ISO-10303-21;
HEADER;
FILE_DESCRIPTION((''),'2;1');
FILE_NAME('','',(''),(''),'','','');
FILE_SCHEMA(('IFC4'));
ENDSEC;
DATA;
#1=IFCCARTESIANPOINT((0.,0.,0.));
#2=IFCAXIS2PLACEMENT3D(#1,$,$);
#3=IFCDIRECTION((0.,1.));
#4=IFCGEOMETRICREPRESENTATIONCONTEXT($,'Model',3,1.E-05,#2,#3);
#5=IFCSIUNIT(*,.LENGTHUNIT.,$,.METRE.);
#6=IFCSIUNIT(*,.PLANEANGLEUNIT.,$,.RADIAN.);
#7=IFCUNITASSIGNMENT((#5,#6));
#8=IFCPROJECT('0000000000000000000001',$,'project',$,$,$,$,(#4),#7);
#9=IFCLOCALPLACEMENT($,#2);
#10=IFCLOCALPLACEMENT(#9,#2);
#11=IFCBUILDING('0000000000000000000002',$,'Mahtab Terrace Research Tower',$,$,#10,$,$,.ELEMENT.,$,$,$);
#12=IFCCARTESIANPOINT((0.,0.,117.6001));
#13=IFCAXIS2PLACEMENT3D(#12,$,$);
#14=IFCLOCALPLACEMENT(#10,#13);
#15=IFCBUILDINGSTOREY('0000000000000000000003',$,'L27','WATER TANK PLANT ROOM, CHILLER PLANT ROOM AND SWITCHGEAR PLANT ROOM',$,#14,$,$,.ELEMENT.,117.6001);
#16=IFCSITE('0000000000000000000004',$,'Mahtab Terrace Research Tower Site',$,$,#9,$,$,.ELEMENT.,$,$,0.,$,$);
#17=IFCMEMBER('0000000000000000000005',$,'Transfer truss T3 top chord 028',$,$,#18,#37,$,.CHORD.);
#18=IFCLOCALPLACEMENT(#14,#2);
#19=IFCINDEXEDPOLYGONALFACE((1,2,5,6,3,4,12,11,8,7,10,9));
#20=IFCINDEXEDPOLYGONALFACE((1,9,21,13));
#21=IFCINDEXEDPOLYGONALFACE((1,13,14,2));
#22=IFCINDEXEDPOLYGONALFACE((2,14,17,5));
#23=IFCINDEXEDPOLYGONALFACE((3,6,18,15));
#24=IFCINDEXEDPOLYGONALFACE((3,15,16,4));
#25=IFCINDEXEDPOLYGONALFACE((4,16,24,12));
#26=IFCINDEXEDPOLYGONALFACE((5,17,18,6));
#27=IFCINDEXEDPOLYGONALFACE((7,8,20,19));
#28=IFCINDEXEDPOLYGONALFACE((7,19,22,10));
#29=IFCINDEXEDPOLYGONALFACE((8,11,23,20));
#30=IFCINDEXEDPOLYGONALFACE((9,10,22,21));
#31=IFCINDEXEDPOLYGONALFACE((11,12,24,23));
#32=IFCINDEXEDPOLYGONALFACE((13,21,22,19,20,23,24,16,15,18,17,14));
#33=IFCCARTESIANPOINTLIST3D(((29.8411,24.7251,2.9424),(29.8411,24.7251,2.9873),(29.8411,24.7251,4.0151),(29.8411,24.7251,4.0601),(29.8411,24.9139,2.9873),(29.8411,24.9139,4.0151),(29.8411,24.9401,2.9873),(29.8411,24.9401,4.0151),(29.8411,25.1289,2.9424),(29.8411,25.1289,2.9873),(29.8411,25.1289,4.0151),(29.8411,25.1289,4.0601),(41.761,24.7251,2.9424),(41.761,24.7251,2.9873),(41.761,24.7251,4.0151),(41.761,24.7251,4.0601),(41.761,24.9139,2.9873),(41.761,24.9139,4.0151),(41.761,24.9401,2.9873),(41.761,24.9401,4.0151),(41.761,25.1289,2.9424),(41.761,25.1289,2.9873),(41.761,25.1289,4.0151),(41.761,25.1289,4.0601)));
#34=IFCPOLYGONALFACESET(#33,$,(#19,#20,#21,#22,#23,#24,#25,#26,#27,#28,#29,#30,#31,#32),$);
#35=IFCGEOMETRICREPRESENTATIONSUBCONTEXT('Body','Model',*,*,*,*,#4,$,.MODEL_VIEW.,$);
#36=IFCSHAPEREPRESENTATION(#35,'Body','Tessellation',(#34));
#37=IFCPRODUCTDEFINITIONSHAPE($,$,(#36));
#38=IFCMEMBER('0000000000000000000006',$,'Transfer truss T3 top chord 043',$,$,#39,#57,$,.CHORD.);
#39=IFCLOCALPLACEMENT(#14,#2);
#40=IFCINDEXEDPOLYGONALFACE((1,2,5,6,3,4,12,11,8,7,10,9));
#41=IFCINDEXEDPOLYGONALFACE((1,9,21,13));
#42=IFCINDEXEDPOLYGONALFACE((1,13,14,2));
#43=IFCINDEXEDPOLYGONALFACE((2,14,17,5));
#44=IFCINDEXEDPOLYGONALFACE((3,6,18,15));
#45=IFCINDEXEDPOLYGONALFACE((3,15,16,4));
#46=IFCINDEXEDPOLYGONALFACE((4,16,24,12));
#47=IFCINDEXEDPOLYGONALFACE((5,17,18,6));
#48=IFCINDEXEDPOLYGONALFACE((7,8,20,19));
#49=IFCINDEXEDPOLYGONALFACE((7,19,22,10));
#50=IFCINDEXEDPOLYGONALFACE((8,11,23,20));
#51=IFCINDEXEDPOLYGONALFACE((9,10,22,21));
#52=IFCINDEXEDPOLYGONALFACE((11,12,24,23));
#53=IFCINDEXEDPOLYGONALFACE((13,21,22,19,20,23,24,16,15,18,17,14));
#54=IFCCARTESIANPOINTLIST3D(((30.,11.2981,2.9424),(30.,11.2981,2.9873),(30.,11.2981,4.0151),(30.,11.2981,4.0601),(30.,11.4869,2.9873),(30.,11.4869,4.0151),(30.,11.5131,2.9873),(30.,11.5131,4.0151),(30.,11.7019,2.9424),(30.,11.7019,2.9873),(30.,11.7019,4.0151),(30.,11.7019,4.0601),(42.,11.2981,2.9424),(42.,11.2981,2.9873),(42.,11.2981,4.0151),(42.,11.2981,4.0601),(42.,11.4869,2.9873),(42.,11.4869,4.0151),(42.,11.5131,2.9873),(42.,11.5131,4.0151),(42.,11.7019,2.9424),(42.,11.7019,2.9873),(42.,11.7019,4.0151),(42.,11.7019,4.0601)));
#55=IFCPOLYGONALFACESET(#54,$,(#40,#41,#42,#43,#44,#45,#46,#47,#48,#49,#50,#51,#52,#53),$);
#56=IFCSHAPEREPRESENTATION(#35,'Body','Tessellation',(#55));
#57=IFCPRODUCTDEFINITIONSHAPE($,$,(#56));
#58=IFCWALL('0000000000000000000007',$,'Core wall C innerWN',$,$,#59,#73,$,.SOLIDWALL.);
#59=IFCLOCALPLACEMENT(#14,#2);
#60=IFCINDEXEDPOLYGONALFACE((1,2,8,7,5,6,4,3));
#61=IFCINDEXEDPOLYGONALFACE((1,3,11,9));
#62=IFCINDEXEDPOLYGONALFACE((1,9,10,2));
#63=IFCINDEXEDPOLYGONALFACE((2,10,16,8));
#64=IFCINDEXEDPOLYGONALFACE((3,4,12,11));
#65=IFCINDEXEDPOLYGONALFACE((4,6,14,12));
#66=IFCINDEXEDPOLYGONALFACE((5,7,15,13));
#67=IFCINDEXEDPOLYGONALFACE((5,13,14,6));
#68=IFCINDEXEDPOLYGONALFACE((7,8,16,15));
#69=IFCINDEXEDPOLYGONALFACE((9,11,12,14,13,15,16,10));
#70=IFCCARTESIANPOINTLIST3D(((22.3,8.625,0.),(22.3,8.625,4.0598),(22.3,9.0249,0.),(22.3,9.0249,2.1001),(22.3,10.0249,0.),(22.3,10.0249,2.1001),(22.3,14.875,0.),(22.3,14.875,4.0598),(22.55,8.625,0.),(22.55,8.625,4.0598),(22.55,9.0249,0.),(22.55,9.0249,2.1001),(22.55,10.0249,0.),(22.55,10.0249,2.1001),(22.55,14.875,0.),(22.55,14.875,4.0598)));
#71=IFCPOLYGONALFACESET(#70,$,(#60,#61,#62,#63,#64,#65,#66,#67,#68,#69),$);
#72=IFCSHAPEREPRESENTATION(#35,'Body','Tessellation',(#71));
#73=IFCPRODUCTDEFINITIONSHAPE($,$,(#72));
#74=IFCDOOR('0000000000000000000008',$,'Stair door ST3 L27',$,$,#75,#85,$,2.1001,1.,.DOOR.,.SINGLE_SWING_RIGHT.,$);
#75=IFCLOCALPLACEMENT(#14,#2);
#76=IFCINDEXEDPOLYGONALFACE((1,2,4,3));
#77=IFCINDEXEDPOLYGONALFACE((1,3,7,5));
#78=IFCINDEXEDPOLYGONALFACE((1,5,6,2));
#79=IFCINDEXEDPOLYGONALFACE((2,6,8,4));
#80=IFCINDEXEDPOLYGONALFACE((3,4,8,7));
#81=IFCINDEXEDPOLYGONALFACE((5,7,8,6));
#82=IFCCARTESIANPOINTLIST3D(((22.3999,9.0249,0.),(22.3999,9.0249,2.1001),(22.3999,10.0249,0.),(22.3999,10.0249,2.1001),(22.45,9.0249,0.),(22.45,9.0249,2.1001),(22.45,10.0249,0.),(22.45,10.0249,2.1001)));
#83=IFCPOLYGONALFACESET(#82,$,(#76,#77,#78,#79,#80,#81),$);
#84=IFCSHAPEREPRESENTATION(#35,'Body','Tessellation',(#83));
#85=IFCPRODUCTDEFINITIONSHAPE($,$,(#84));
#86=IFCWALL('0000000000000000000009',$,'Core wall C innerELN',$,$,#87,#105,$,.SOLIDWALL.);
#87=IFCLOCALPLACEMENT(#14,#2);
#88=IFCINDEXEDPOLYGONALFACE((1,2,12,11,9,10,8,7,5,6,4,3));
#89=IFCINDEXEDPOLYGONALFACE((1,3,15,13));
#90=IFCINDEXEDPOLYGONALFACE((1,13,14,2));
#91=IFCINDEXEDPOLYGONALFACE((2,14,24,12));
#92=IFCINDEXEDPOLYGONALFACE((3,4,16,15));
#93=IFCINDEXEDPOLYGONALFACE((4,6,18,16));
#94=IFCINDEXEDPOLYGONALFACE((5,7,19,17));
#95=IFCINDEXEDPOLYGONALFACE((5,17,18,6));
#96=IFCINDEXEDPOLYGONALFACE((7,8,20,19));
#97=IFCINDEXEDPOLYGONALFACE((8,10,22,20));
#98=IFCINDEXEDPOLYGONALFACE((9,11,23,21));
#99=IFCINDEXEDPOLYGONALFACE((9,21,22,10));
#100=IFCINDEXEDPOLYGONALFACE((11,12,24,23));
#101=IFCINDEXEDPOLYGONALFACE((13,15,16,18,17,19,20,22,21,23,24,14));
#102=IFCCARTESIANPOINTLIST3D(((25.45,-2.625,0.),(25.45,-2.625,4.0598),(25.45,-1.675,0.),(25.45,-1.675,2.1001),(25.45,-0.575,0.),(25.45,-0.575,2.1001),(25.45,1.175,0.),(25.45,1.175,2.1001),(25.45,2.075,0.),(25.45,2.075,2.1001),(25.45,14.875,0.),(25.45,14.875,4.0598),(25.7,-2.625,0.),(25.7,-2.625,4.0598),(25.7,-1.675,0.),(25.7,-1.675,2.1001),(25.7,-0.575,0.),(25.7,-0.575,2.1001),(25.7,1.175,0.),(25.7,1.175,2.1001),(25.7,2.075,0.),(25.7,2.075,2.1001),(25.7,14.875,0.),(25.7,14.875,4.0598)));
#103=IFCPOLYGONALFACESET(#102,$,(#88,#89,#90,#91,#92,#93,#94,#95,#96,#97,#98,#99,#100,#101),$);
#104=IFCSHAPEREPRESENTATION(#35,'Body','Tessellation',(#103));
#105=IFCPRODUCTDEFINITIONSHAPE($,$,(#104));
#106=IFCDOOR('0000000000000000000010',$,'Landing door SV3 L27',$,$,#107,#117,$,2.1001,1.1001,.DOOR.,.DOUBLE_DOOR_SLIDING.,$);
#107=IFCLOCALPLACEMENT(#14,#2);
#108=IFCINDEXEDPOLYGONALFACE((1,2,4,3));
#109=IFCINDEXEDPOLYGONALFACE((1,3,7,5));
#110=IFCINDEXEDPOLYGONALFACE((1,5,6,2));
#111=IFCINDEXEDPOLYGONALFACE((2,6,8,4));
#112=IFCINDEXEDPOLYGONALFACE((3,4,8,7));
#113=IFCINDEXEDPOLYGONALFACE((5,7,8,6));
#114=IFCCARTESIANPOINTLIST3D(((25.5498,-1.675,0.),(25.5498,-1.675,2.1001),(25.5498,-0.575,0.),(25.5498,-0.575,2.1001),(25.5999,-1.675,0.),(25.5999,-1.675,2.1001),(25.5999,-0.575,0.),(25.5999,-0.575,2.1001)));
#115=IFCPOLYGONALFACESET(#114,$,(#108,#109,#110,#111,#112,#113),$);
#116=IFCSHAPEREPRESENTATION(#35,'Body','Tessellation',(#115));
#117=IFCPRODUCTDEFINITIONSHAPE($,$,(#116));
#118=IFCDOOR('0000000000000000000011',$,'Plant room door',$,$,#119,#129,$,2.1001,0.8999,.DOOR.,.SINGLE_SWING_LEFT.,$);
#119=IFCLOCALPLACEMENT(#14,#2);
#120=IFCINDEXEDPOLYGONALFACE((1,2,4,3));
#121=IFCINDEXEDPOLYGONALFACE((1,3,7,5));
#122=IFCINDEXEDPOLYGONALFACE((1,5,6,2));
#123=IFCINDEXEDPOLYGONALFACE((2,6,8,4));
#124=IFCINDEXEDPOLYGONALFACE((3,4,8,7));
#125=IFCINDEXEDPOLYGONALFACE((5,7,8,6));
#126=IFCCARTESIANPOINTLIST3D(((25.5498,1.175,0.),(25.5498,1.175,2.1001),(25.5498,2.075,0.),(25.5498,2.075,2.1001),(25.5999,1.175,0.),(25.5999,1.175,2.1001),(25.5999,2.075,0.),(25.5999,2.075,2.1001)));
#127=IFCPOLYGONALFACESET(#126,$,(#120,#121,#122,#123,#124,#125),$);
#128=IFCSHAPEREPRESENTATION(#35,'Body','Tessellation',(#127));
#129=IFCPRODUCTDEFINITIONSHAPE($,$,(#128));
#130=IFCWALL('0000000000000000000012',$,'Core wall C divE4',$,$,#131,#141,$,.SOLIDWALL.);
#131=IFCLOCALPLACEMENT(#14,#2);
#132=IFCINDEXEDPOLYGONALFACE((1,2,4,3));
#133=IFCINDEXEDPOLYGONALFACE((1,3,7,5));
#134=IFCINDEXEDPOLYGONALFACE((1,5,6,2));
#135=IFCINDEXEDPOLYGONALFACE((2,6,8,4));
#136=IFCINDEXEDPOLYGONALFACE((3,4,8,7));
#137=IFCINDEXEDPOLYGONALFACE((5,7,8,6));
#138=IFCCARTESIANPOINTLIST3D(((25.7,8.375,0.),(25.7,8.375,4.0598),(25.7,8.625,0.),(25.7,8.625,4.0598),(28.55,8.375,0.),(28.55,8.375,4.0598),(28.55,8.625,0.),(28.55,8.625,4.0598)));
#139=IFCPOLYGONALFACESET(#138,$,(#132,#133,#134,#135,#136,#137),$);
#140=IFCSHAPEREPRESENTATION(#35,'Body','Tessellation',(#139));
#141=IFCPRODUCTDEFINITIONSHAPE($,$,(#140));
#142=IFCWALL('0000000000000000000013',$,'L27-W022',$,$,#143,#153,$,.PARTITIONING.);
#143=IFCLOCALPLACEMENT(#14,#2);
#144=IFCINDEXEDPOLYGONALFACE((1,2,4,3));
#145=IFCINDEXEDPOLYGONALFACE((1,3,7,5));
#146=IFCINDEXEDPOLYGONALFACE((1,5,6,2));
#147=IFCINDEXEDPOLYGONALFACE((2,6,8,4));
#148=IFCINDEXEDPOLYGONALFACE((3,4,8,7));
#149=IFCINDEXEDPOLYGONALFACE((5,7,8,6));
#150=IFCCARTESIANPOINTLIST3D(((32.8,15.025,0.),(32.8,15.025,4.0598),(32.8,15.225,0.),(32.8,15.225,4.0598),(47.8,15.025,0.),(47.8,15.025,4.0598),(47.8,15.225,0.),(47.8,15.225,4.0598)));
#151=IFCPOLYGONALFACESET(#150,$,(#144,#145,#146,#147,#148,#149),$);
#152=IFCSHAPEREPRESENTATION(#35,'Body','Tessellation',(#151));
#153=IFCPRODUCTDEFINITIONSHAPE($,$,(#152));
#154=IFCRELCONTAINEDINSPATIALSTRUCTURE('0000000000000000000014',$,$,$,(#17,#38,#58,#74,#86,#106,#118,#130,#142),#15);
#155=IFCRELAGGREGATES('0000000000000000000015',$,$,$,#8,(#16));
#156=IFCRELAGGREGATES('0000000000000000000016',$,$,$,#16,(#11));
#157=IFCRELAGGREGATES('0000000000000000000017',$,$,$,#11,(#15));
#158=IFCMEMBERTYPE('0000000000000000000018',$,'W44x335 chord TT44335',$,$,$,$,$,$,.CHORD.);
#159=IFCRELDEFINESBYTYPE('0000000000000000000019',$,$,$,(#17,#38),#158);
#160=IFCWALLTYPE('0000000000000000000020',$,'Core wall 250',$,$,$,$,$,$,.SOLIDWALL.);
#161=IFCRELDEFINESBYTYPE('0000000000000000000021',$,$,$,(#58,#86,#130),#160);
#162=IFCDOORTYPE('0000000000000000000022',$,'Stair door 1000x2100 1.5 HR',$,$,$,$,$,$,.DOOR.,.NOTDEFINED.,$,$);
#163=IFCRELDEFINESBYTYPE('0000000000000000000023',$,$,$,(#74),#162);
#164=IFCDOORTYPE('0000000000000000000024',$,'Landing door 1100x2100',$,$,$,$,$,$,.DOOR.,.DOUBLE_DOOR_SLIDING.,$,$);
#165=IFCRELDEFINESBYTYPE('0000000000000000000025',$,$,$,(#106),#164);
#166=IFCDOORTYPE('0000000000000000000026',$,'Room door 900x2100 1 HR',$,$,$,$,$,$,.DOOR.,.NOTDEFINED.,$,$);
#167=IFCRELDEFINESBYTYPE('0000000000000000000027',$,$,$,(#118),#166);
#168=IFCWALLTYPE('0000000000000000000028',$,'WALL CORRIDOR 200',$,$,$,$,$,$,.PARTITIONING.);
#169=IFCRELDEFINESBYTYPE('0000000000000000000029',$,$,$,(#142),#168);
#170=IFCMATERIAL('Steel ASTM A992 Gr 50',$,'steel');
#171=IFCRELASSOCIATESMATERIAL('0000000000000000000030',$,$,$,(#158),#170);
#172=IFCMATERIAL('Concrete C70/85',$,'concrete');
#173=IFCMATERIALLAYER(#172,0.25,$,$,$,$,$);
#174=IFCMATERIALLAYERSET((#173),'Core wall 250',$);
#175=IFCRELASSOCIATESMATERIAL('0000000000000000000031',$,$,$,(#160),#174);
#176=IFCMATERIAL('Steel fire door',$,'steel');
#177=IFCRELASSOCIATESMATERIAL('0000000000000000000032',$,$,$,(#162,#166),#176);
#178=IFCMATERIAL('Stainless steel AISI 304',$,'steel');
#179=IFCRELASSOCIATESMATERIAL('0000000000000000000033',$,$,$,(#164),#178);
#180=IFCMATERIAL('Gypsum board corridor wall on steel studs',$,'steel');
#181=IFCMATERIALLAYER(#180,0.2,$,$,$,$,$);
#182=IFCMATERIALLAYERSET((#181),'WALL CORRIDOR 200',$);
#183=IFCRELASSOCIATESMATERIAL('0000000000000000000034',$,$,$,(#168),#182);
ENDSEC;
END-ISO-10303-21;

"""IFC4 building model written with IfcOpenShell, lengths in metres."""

from ifc_helpers import new_model, si_unit, direction, frame, frame_2d, origin, origin_2d, place, context, subcontext, project, spatial, rectangle, i_section, extrude, material, layer, layer_set, material_profile, profile_set, type_object, element, fill, save


model = new_model("IFC4")

# Units and contexts
model_context = context("Model", 3, precision=1e-05, world=origin(), true_north=direction((0.0, 1.0)))
body_context = subcontext(model_context, "Body", "Model", "MODEL_VIEW")
ifc_project = project(units=[si_unit("LENGTHUNIT", "METRE"), si_unit("PLANEANGLEUNIT", "RADIAN")], contexts=[model_context])

# Site, building, storey
site_placement = place(None, origin())
site = spatial("IfcSite", under=ifc_project, at=site_placement, Name="Mahtab Terrace Research Tower Site", CompositionType="ELEMENT", RefElevation=0.0)
building_placement = place(site_placement, origin())
building = spatial("IfcBuilding", under=site, at=building_placement, Name="Mahtab Terrace Research Tower", CompositionType="ELEMENT")
storey_placement = place(building_placement, frame((0.0, 0.0, 117.6001)))
storey = spatial("IfcBuildingStorey", under=building, at=storey_placement, Name="L27", Description="WATER TANK PLANT ROOM, CHILLER PLANT ROOM AND SWITCHGEAR PLANT ROOM", CompositionType="ELEMENT", Elevation=117.6001)

# Shared definitions
ifc_material_1 = material(Name="Concrete C70/85", Category="concrete")

# Shared definitions
ifc_material_2 = material(Name="Steel ASTM A992 Gr 50", Category="steel")

# Members
ifc_material_profile_1 = material_profile(ifc_material_2, i_section(OverallWidth=0.4038, OverallDepth=1.1177, WebThickness=0.0261, FlangeThickness=0.0449, at=origin_2d()), Name="W44X335")
ifc_profile_set_1 = profile_set([ifc_material_profile_1], Name="Steel ASTM A992 Gr 50")
member_type_1 = type_object("IfcMemberType", Name="W44x335 chord TT44335", PredefinedType="CHORD", material=ifc_profile_set_1)
member_1_placement = place(storey_placement, frame((29.8411, 24.927, 3.5012), z_axis=(1.0, 0.0, 0.0), x_axis=(0.0, 1.0, 0.0)))
element("IfcMember", 1, at=member_1_placement, inside=storey, type_object=member_type_1, Name="Transfer truss T3 top chord 028", PredefinedType="CHORD", context=body_context, shape_type="SweptSolid", body=[
    extrude(i_section(OverallWidth=0.4038, OverallDepth=1.1177, WebThickness=0.0261, FlangeThickness=0.0449, at=origin_2d()), origin(), (0.0, 0.0, 1.0), 11.9199),
])
member_2_placement = place(storey_placement, frame((30.0, 11.5, 3.5012), z_axis=(1.0, 0.0, 0.0), x_axis=(0.0, 1.0, 0.0)))
element("IfcMember", 2, at=member_2_placement, inside=storey, type_object=member_type_1, Name="Transfer truss T3 top chord 043", PredefinedType="CHORD", context=body_context, shape_type="SweptSolid", body=[
    extrude(i_section(OverallWidth=0.4038, OverallDepth=1.1177, WebThickness=0.0261, FlangeThickness=0.0449, at=origin_2d()), origin(), (0.0, 0.0, 1.0), 12.0),
])

# Wall, opening, door
ifc_layer_1 = layer(ifc_material_1, 0.25)
ifc_layer_set_1 = layer_set([ifc_layer_1], Name="Core wall 250")
wall_type_1 = type_object("IfcWallType", Name="Core wall 250", PredefinedType="SOLIDWALL", material=ifc_layer_set_1)
wall_1_placement = place(storey_placement, frame((22.425, 14.875, 0.0), z_axis=(0.0, 0.0, 1.0), x_axis=(0.0, -1.0, 0.0)))
wall_1 = element("IfcWall", 3, at=wall_1_placement, inside=storey, type_object=wall_type_1, Name="Core wall C innerWN", PredefinedType="SOLIDWALL", context=body_context, shape_type="SweptSolid", body=[
    extrude(rectangle(XDim=6.25, YDim=0.25, at=frame_2d((3.125, 0.0))), origin(), (0.0, 0.0, 1.0), 4.0598),
])
opening_1_placement = place(wall_1_placement, frame((4.8501, 0.0, 0.0)))
opening_1 = element("IfcOpeningElement", 4, at=opening_1_placement, cuts=wall_1, PredefinedType="OPENING", context=body_context, shape_type="SweptSolid", body=[
    extrude(rectangle(XDim=1.0, YDim=2.1001, at=frame_2d((0.5, 1.05))), frame((0.0, 0.135, 0.0), z_axis=(0.0, -1.0, 0.0), x_axis=(1.0, 0.0, 0.0)), (0.0, 0.0, 1.0), 0.27),
])
ifc_material_3 = material(Name="Steel fire door", Category="steel")
door_type_1 = type_object("IfcDoorType", Name="Stair door 1000x2100 1.5 HR", OperationType="NOTDEFINED", PredefinedType="DOOR", material=ifc_material_3)
door_1_placement = place(opening_1_placement, origin())
door_1 = element("IfcDoor", 5, at=door_1_placement, inside=storey, type_object=door_type_1, Name="Stair door ST3 L27", OperationType="SINGLE_SWING_RIGHT", OverallHeight=2.1001, OverallWidth=1.0, PredefinedType="DOOR", context=body_context, shape_type="SweptSolid", body=[
    extrude(rectangle(XDim=1.0, YDim=2.1001, at=frame_2d((0.5, 1.05))), frame((0.0, 0.0249, 0.0), z_axis=(0.0, -1.0, 0.0), x_axis=(1.0, 0.0, 0.0)), (0.0, 0.0, 1.0), 0.05),
])
fill(opening_1, door_1)

# Wall, openings, doors
wall_2_placement = place(storey_placement, frame((25.575, 14.875, 0.0), z_axis=(0.0, 0.0, 1.0), x_axis=(0.0, -1.0, 0.0)))
wall_2 = element("IfcWall", 6, at=wall_2_placement, inside=storey, type_object=wall_type_1, Name="Core wall C innerELN", PredefinedType="SOLIDWALL", context=body_context, shape_type="SweptSolid", body=[
    extrude(rectangle(XDim=17.5, YDim=0.25, at=frame_2d((8.75, 0.0))), origin(), (0.0, 0.0, 1.0), 4.0598),
])
opening_2_placement = place(wall_2_placement, frame((15.45, 0.0, 0.0)))
opening_2 = element("IfcOpeningElement", 7, at=opening_2_placement, cuts=wall_2, PredefinedType="OPENING", context=body_context, shape_type="SweptSolid", body=[
    extrude(rectangle(XDim=1.1001, YDim=2.1001, at=frame_2d((0.55, 1.05))), frame((0.0, 0.135, 0.0), z_axis=(0.0, -1.0, 0.0), x_axis=(1.0, 0.0, 0.0)), (0.0, 0.0, 1.0), 0.27),
])
opening_3_placement = place(wall_2_placement, frame((12.8, 0.0, 0.0)))
opening_3 = element("IfcOpeningElement", 8, at=opening_3_placement, cuts=wall_2, PredefinedType="OPENING", context=body_context, shape_type="SweptSolid", body=[
    extrude(rectangle(XDim=0.8999, YDim=2.1001, at=frame_2d((0.45, 1.05))), frame((0.0, 0.135, 0.0), z_axis=(0.0, -1.0, 0.0), x_axis=(1.0, 0.0, 0.0)), (0.0, 0.0, 1.0), 0.27),
])
ifc_material_4 = material(Name="Stainless steel AISI 304", Category="steel")
door_type_2 = type_object("IfcDoorType", Name="Landing door 1100x2100", OperationType="DOUBLE_DOOR_SLIDING", PredefinedType="DOOR", material=ifc_material_4)
door_2_placement = place(opening_2_placement, origin())
door_2 = element("IfcDoor", 9, at=door_2_placement, inside=storey, type_object=door_type_2, Name="Landing door SV3 L27", OperationType="DOUBLE_DOOR_SLIDING", OverallHeight=2.1001, OverallWidth=1.1001, PredefinedType="DOOR", context=body_context, shape_type="SweptSolid", body=[
    extrude(rectangle(XDim=1.1001, YDim=2.1001, at=frame_2d((0.55, 1.05))), frame((0.0, 0.0249, 0.0), z_axis=(0.0, -1.0, 0.0), x_axis=(1.0, 0.0, 0.0)), (0.0, 0.0, 1.0), 0.05),
])
fill(opening_2, door_2)
door_type_3 = type_object("IfcDoorType", Name="Room door 900x2100 1 HR", OperationType="NOTDEFINED", PredefinedType="DOOR", material=ifc_material_3)
door_3_placement = place(opening_3_placement, origin())
door_3 = element("IfcDoor", 10, at=door_3_placement, inside=storey, type_object=door_type_3, Name="Plant room door", OperationType="SINGLE_SWING_LEFT", OverallHeight=2.1001, OverallWidth=0.8999, PredefinedType="DOOR", context=body_context, shape_type="SweptSolid", body=[
    extrude(rectangle(XDim=0.8999, YDim=2.1001, at=frame_2d((0.45, 1.05))), frame((0.0, 0.0249, 0.0), z_axis=(0.0, -1.0, 0.0), x_axis=(1.0, 0.0, 0.0)), (0.0, 0.0, 1.0), 0.05),
])
fill(opening_3, door_3)

# Walls
wall_3_placement = place(storey_placement, frame((25.7, 8.5, 0.0), z_axis=(0.0, 0.0, 1.0), x_axis=(1.0, 0.0, 0.0)))
element("IfcWall", 11, at=wall_3_placement, inside=storey, type_object=wall_type_1, Name="Core wall C divE4", PredefinedType="SOLIDWALL", context=body_context, shape_type="SweptSolid", body=[
    extrude(rectangle(XDim=2.8501, YDim=0.25, at=frame_2d((1.425, 0.0))), origin(), (0.0, 0.0, 1.0), 4.0598),
])
ifc_material_5 = material(Name="Gypsum board corridor wall on steel studs", Category="steel")
ifc_layer_2 = layer(ifc_material_5, 0.2)
ifc_layer_set_2 = layer_set([ifc_layer_2], Name="WALL CORRIDOR 200")
wall_type_2 = type_object("IfcWallType", Name="WALL CORRIDOR 200", PredefinedType="PARTITIONING", material=ifc_layer_set_2)
wall_4_placement = place(storey_placement, frame((32.8, 15.125, 0.0), z_axis=(0.0, 0.0, 1.0), x_axis=(1.0, 0.0, 0.0)))
element("IfcWall", 12, at=wall_4_placement, inside=storey, type_object=wall_type_2, Name="L27-W022", PredefinedType="PARTITIONING", context=body_context, shape_type="SweptSolid", body=[
    extrude(rectangle(XDim=15.0, YDim=0.2, at=frame_2d((7.5, 0.0))), origin(), (0.0, 0.0, 1.0), 4.0598),
])

save(model, "model.ifc")
